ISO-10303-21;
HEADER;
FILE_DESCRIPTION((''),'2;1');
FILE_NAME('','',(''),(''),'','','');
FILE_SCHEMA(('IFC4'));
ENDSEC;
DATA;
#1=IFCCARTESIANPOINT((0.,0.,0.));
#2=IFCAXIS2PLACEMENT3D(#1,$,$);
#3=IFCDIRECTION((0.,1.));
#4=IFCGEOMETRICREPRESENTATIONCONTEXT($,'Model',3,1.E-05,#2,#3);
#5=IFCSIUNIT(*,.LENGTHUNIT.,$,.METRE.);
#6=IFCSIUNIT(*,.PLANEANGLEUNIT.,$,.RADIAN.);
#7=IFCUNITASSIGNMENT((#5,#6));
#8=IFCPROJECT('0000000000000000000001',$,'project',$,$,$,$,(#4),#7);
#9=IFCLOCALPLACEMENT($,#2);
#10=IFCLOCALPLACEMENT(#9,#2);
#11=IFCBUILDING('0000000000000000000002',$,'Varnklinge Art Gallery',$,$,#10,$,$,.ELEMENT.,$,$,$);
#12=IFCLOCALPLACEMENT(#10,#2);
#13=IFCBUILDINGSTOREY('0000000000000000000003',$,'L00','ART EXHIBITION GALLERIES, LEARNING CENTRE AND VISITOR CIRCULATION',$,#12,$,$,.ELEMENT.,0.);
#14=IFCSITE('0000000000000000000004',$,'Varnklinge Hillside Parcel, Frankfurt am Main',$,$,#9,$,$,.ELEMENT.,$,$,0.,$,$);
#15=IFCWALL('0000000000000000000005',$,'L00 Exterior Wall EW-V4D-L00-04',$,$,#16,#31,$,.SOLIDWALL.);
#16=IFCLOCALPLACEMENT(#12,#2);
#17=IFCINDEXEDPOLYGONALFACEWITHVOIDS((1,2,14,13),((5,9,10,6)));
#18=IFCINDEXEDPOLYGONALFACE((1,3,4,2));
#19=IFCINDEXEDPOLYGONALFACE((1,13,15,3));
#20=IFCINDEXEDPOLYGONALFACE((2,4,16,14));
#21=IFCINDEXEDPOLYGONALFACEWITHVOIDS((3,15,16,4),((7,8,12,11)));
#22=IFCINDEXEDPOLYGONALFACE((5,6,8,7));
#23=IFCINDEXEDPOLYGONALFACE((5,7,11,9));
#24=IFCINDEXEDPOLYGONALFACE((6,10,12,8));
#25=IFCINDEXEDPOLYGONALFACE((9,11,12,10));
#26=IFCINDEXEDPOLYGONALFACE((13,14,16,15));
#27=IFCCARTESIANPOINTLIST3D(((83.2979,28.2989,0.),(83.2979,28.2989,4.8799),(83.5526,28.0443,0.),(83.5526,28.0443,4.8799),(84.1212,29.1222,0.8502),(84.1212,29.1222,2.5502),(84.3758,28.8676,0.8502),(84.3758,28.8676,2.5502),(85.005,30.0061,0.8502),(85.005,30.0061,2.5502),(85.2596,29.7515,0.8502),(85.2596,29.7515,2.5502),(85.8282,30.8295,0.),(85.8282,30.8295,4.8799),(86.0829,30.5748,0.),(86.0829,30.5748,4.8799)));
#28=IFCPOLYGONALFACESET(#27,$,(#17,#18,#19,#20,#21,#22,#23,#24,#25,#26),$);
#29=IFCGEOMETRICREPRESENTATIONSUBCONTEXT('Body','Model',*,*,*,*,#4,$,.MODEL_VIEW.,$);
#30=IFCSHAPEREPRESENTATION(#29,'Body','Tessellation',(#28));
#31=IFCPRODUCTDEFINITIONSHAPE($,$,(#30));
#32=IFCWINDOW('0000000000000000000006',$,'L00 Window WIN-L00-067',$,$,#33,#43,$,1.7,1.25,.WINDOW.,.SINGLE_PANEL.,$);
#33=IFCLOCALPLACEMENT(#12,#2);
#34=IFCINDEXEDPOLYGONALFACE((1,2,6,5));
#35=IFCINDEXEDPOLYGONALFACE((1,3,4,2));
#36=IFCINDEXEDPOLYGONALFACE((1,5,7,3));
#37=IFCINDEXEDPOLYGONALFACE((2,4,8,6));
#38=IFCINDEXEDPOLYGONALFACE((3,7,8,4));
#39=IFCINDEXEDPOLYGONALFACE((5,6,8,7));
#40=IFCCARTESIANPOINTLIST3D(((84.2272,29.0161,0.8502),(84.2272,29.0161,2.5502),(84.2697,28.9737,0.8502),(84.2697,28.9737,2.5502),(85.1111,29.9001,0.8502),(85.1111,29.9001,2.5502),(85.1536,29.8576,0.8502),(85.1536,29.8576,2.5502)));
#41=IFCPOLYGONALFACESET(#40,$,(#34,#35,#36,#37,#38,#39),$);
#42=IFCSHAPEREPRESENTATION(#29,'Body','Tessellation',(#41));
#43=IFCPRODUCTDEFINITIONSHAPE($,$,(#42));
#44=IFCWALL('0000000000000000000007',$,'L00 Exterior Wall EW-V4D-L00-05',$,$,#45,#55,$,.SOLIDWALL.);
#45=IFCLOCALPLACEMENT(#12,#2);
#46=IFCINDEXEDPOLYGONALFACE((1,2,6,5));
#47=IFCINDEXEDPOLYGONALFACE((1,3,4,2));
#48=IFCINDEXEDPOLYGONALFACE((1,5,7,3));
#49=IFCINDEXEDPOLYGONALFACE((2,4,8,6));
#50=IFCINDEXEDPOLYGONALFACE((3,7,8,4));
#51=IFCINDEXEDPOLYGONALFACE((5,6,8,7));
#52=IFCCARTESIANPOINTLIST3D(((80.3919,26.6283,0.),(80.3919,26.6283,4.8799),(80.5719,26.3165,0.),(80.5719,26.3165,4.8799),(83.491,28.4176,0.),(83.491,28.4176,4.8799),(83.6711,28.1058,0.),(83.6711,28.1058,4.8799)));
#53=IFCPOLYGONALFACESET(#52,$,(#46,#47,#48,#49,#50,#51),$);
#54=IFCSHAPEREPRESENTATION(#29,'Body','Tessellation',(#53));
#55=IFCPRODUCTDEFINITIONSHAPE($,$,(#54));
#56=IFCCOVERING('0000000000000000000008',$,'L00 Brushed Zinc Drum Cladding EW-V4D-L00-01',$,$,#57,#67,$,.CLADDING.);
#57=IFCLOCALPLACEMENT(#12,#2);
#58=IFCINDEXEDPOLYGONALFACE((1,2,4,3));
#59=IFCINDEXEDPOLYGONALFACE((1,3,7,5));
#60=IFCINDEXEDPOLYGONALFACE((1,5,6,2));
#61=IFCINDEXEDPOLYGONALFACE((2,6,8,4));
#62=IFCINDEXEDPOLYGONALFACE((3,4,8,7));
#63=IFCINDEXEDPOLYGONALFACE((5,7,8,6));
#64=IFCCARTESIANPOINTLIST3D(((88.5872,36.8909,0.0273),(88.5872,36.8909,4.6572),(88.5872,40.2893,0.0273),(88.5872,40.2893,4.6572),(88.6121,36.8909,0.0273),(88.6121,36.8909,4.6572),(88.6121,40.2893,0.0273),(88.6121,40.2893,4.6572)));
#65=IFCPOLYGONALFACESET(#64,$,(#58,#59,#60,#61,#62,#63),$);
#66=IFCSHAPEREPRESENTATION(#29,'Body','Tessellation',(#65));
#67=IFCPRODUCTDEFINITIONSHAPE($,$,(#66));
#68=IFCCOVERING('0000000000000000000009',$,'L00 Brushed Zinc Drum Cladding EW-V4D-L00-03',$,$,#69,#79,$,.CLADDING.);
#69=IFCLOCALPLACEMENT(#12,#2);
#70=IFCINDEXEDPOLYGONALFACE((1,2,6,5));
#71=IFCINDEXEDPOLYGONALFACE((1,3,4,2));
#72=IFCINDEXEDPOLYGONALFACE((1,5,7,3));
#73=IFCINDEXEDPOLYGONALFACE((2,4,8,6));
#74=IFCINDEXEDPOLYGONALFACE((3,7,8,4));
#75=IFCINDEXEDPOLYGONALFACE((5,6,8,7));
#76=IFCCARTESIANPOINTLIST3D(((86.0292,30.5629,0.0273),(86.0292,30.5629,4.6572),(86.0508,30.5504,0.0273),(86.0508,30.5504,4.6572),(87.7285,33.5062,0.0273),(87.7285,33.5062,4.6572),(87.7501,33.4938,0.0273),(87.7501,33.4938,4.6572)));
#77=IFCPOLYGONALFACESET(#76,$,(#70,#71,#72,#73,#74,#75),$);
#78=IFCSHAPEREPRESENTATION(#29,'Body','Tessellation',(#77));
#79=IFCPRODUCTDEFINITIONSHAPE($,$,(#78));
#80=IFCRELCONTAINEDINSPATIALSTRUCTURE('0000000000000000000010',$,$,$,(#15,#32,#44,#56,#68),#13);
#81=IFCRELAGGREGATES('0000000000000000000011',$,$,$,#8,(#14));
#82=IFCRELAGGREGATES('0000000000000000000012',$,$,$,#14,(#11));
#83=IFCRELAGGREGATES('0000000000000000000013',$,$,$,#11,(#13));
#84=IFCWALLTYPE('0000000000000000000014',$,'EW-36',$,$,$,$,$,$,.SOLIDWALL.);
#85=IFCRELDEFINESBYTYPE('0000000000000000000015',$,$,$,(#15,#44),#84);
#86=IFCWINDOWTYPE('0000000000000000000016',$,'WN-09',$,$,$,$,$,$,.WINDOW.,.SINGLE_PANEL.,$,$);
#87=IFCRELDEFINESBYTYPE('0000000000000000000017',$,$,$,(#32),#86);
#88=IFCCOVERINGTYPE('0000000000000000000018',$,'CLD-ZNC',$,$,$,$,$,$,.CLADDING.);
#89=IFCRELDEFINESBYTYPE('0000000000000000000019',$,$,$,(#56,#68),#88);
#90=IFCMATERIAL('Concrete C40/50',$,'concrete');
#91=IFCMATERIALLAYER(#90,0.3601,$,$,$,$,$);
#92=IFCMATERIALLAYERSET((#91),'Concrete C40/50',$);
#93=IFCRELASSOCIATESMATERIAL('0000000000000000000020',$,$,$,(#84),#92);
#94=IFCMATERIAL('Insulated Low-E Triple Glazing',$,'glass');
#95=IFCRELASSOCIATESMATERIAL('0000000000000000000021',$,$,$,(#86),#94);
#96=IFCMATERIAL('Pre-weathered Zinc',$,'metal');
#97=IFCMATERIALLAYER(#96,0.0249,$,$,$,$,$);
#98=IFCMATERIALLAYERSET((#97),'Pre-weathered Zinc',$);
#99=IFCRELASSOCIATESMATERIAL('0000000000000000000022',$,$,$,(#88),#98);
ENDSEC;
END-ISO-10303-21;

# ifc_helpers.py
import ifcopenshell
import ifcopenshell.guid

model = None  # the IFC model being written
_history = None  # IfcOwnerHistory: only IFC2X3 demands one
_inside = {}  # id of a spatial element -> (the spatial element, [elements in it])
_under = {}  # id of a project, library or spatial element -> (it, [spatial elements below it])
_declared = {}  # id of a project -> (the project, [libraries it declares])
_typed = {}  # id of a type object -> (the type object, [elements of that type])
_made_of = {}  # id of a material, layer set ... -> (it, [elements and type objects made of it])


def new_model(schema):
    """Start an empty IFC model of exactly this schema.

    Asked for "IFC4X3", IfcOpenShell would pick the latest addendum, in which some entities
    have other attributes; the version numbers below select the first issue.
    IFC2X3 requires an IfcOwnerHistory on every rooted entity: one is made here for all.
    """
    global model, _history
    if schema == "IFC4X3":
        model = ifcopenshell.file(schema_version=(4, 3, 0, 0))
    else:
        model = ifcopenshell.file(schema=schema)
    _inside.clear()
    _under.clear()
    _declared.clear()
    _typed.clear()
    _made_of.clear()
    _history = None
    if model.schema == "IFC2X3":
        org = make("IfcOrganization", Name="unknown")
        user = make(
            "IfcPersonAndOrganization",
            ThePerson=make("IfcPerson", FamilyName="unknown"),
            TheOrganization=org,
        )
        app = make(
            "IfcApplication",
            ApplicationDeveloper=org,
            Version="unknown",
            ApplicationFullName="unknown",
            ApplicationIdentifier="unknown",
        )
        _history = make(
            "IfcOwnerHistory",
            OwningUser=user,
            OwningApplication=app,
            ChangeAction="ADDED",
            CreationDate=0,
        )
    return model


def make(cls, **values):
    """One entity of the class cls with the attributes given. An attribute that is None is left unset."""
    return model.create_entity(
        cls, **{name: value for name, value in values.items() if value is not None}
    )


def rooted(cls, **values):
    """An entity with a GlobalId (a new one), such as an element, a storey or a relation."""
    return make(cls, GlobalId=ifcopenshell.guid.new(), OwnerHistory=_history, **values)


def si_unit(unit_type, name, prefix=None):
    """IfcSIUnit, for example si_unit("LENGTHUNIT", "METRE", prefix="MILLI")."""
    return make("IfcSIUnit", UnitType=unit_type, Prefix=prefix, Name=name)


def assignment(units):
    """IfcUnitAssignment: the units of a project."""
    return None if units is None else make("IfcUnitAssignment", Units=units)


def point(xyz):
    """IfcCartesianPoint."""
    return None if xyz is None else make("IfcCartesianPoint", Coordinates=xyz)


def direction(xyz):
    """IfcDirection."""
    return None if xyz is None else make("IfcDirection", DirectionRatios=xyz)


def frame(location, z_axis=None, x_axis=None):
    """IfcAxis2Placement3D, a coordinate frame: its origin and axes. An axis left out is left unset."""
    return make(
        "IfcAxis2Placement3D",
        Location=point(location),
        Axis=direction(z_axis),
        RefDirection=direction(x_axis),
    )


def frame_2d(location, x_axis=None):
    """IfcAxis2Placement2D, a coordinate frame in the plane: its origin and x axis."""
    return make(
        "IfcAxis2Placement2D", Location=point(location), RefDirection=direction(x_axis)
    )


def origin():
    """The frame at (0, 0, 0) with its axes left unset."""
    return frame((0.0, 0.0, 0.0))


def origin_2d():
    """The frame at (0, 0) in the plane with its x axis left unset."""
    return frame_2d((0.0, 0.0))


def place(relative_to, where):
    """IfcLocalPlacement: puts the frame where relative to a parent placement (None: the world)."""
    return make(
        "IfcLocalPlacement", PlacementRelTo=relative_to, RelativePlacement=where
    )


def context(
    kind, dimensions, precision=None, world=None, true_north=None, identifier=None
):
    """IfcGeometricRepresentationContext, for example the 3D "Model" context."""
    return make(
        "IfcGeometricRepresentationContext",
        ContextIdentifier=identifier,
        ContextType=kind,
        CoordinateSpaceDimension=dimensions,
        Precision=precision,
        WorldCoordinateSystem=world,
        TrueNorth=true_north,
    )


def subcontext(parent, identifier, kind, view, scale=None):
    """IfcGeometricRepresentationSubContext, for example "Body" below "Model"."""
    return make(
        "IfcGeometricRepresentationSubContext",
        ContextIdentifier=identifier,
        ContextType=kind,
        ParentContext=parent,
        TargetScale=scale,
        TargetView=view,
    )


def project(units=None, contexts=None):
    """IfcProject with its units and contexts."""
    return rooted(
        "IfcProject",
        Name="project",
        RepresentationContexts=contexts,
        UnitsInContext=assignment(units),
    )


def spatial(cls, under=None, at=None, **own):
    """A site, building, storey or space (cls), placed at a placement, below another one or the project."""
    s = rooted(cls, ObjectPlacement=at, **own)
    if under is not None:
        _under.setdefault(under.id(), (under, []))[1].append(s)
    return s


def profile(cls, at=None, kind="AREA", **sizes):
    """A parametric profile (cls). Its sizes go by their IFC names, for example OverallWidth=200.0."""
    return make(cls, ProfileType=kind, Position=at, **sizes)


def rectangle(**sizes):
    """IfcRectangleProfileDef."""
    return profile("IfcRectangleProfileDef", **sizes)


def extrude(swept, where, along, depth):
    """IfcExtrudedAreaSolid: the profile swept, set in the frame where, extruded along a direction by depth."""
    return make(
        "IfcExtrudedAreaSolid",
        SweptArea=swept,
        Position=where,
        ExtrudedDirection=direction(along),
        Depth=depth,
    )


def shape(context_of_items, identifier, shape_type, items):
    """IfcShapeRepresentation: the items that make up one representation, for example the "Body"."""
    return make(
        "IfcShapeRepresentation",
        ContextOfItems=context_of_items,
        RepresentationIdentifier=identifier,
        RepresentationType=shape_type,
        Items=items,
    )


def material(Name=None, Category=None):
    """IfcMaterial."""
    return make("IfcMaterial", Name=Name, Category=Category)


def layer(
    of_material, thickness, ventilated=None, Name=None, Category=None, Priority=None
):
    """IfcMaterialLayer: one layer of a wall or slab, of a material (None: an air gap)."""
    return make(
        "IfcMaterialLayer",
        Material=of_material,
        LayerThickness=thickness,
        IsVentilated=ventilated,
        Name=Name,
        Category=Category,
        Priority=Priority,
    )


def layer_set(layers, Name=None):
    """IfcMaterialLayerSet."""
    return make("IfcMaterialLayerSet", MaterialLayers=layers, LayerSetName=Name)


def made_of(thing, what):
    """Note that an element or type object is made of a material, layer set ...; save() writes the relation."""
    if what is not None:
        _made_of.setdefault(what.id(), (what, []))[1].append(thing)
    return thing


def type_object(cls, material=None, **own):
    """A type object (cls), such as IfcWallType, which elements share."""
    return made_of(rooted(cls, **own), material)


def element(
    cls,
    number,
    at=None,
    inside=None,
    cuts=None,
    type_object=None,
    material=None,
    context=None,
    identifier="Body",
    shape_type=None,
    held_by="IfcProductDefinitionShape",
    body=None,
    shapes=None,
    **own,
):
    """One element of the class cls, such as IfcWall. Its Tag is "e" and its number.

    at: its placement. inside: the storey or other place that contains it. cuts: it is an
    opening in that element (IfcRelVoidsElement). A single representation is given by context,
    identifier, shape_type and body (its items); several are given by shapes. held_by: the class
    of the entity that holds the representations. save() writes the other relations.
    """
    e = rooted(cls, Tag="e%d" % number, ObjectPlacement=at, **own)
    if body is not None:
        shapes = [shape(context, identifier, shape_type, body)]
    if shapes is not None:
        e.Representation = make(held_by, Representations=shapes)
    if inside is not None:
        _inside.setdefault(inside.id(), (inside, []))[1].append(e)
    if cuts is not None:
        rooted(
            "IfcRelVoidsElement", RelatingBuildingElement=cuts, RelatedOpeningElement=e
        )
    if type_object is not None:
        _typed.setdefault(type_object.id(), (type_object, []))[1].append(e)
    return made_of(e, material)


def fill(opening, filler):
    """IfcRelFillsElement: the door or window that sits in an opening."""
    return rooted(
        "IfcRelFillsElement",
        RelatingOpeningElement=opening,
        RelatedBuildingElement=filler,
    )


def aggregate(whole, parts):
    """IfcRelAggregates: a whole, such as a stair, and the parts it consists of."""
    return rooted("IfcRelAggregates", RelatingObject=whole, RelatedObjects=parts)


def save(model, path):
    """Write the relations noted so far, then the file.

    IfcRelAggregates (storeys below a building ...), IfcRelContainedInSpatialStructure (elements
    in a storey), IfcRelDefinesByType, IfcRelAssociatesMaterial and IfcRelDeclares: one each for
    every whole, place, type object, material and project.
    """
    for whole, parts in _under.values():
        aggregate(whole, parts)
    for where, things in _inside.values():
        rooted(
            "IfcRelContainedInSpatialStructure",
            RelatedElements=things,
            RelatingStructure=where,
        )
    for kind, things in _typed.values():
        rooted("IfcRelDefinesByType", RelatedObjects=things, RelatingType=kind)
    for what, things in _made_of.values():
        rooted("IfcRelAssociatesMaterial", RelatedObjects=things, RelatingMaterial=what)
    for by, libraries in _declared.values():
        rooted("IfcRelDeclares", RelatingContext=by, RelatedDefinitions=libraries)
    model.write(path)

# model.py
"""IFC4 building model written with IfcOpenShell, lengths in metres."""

from ifc_helpers import new_model, si_unit, direction, frame, frame_2d, origin, origin_2d, place, context, subcontext, project, spatial, rectangle, extrude, material, layer, layer_set, type_object, element, fill, save


model = new_model("IFC4")

# Units and contexts
model_context = context("Model", 3, precision=1e-05, world=origin(), true_north=direction((0.0, 1.0)))
body_context = subcontext(model_context, "Body", "Model", "MODEL_VIEW")
ifc_project = project(units=[si_unit("LENGTHUNIT", "METRE"), si_unit("PLANEANGLEUNIT", "RADIAN")], contexts=[model_context])

# Site, building, storey
site_placement = place(None, origin())
site = spatial("IfcSite", under=ifc_project, at=site_placement, Name="Varnklinge Hillside Parcel, Frankfurt am Main", CompositionType="ELEMENT", RefElevation=0.0)
building_placement = place(site_placement, origin())
building = spatial("IfcBuilding", under=site, at=building_placement, Name="Varnklinge Art Gallery", CompositionType="ELEMENT")
storey_placement = place(building_placement, origin())
storey = spatial("IfcBuildingStorey", under=building, at=storey_placement, Name="L00", Description="ART EXHIBITION GALLERIES, LEARNING CENTRE AND VISITOR CIRCULATION", CompositionType="ELEMENT", Elevation=0.0)

# Shared definitions
ifc_material_1 = material(Name="Concrete C40/50", Category="concrete")
ifc_layer_1 = layer(ifc_material_1, 0.3601)
ifc_layer_set_1 = layer_set([ifc_layer_1], Name="Concrete C40/50")
wall_type = type_object("IfcWallType", Name="EW-36", PredefinedType="SOLIDWALL", material=ifc_layer_set_1)

# Shared definitions
ifc_material_2 = material(Name="Insulated Low-E Triple Glazing", Category="glass")
window_type = type_object("IfcWindowType", Name="WN-09", PartitioningType="SINGLE_PANEL", PredefinedType="WINDOW", material=ifc_material_2)

# Wall, opening, window
wall_1_placement = place(storey_placement, frame((85.9556, 30.7021, 0.0), z_axis=(0.0, 0.0, 1.0), x_axis=(-0.707073, -0.707141, 0.0)))
wall_1 = element("IfcWall", 1, at=wall_1_placement, inside=storey, type_object=wall_type, Name="L00 Exterior Wall EW-V4D-L00-04", PredefinedType="SOLIDWALL", context=body_context, shape_type="SweptSolid", body=[
    extrude(rectangle(XDim=3.5786, YDim=0.3601, at=frame_2d((1.7893, 0.0))), origin(), (0.0, 0.0, 1.0), 4.8799),
])
opening_1_placement = place(wall_1_placement, frame((1.1643, 0.0, 0.8501)))
opening_1 = element("IfcOpeningElement", 2, at=opening_1_placement, cuts=wall_1, PredefinedType="OPENING", context=body_context, shape_type="SweptSolid", body=[
    extrude(rectangle(XDim=1.25, YDim=1.7, at=frame_2d((0.625, 0.8501))), frame((0.0, 0.1902, 0.0), z_axis=(0.0, -1.0, 0.0), x_axis=(1.0, 0.0, 0.0)), (0.0, 0.0, 1.0), 0.3801),
])
window_1_placement = place(opening_1_placement, origin())
window_1 = element("IfcWindow", 3, at=window_1_placement, inside=storey, type_object=window_type, Name="L00 Window WIN-L00-067", OverallHeight=1.7, OverallWidth=1.25, PartitioningType="SINGLE_PANEL", PredefinedType="WINDOW", context=body_context, shape_type="SweptSolid", body=[
    extrude(rectangle(XDim=1.25, YDim=1.7, at=frame_2d((0.625, 0.8501))), frame((0.0, 0.03, 0.0), z_axis=(0.0, -1.0, 0.0), x_axis=(1.0, 0.0, 0.0)), (0.0, 0.0, 1.0), 0.0601),
])
fill(opening_1, window_1)

# Wall
wall_2_placement = place(storey_placement, frame((83.5811, 28.2617, 0.0), z_axis=(0.0, 0.0, 1.0), x_axis=(-0.866022, -0.500006, 0.0)))
element("IfcWall", 4, at=wall_2_placement, inside=storey, type_object=wall_type, Name="L00 Exterior Wall EW-V4D-L00-05", PredefinedType="SOLIDWALL", context=body_context, shape_type="SweptSolid", body=[
    extrude(rectangle(XDim=3.5786, YDim=0.3601, at=frame_2d((1.7893, 0.0))), origin(), (0.0, 0.0, 1.0), 4.8799),
])

# Coverings
ifc_material_3 = material(Name="Pre-weathered Zinc", Category="metal")
ifc_layer_2 = layer(ifc_material_3, 0.0249)
ifc_layer_set_2 = layer_set([ifc_layer_2], Name="Pre-weathered Zinc")
covering_type = type_object("IfcCoveringType", Name="CLD-ZNC", PredefinedType="CLADDING", material=ifc_layer_set_2)
covering_1_placement = place(storey_placement, frame((88.5996, 38.5901, 0.0273), z_axis=(0.0, 0.0, 1.0), x_axis=(0.0, -1.0, 0.0)))
element("IfcCovering", 5, at=covering_1_placement, inside=storey, type_object=covering_type, Name="L00 Brushed Zinc Drum Cladding EW-V4D-L00-01", PredefinedType="CLADDING", context=body_context, shape_type="SweptSolid", body=[
    extrude(rectangle(XDim=3.3984, YDim=0.0249, at=origin_2d()), origin(), (0.0, 0.0, 1.0), 4.6299),
])
covering_2_placement = place(storey_placement, frame((86.8896, 32.0283, 0.0273), z_axis=(0.0, 0.0, 1.0), x_axis=(-0.5, -0.866025, 0.0)))
element("IfcCovering", 6, at=covering_2_placement, inside=storey, type_object=covering_type, Name="L00 Brushed Zinc Drum Cladding EW-V4D-L00-03", PredefinedType="CLADDING", context=body_context, shape_type="SweptSolid", body=[
    extrude(rectangle(XDim=3.3987, YDim=0.0249, at=origin_2d()), origin(), (0.0, 0.0, 1.0), 4.6299),
])

save(model, "model.ifc")
